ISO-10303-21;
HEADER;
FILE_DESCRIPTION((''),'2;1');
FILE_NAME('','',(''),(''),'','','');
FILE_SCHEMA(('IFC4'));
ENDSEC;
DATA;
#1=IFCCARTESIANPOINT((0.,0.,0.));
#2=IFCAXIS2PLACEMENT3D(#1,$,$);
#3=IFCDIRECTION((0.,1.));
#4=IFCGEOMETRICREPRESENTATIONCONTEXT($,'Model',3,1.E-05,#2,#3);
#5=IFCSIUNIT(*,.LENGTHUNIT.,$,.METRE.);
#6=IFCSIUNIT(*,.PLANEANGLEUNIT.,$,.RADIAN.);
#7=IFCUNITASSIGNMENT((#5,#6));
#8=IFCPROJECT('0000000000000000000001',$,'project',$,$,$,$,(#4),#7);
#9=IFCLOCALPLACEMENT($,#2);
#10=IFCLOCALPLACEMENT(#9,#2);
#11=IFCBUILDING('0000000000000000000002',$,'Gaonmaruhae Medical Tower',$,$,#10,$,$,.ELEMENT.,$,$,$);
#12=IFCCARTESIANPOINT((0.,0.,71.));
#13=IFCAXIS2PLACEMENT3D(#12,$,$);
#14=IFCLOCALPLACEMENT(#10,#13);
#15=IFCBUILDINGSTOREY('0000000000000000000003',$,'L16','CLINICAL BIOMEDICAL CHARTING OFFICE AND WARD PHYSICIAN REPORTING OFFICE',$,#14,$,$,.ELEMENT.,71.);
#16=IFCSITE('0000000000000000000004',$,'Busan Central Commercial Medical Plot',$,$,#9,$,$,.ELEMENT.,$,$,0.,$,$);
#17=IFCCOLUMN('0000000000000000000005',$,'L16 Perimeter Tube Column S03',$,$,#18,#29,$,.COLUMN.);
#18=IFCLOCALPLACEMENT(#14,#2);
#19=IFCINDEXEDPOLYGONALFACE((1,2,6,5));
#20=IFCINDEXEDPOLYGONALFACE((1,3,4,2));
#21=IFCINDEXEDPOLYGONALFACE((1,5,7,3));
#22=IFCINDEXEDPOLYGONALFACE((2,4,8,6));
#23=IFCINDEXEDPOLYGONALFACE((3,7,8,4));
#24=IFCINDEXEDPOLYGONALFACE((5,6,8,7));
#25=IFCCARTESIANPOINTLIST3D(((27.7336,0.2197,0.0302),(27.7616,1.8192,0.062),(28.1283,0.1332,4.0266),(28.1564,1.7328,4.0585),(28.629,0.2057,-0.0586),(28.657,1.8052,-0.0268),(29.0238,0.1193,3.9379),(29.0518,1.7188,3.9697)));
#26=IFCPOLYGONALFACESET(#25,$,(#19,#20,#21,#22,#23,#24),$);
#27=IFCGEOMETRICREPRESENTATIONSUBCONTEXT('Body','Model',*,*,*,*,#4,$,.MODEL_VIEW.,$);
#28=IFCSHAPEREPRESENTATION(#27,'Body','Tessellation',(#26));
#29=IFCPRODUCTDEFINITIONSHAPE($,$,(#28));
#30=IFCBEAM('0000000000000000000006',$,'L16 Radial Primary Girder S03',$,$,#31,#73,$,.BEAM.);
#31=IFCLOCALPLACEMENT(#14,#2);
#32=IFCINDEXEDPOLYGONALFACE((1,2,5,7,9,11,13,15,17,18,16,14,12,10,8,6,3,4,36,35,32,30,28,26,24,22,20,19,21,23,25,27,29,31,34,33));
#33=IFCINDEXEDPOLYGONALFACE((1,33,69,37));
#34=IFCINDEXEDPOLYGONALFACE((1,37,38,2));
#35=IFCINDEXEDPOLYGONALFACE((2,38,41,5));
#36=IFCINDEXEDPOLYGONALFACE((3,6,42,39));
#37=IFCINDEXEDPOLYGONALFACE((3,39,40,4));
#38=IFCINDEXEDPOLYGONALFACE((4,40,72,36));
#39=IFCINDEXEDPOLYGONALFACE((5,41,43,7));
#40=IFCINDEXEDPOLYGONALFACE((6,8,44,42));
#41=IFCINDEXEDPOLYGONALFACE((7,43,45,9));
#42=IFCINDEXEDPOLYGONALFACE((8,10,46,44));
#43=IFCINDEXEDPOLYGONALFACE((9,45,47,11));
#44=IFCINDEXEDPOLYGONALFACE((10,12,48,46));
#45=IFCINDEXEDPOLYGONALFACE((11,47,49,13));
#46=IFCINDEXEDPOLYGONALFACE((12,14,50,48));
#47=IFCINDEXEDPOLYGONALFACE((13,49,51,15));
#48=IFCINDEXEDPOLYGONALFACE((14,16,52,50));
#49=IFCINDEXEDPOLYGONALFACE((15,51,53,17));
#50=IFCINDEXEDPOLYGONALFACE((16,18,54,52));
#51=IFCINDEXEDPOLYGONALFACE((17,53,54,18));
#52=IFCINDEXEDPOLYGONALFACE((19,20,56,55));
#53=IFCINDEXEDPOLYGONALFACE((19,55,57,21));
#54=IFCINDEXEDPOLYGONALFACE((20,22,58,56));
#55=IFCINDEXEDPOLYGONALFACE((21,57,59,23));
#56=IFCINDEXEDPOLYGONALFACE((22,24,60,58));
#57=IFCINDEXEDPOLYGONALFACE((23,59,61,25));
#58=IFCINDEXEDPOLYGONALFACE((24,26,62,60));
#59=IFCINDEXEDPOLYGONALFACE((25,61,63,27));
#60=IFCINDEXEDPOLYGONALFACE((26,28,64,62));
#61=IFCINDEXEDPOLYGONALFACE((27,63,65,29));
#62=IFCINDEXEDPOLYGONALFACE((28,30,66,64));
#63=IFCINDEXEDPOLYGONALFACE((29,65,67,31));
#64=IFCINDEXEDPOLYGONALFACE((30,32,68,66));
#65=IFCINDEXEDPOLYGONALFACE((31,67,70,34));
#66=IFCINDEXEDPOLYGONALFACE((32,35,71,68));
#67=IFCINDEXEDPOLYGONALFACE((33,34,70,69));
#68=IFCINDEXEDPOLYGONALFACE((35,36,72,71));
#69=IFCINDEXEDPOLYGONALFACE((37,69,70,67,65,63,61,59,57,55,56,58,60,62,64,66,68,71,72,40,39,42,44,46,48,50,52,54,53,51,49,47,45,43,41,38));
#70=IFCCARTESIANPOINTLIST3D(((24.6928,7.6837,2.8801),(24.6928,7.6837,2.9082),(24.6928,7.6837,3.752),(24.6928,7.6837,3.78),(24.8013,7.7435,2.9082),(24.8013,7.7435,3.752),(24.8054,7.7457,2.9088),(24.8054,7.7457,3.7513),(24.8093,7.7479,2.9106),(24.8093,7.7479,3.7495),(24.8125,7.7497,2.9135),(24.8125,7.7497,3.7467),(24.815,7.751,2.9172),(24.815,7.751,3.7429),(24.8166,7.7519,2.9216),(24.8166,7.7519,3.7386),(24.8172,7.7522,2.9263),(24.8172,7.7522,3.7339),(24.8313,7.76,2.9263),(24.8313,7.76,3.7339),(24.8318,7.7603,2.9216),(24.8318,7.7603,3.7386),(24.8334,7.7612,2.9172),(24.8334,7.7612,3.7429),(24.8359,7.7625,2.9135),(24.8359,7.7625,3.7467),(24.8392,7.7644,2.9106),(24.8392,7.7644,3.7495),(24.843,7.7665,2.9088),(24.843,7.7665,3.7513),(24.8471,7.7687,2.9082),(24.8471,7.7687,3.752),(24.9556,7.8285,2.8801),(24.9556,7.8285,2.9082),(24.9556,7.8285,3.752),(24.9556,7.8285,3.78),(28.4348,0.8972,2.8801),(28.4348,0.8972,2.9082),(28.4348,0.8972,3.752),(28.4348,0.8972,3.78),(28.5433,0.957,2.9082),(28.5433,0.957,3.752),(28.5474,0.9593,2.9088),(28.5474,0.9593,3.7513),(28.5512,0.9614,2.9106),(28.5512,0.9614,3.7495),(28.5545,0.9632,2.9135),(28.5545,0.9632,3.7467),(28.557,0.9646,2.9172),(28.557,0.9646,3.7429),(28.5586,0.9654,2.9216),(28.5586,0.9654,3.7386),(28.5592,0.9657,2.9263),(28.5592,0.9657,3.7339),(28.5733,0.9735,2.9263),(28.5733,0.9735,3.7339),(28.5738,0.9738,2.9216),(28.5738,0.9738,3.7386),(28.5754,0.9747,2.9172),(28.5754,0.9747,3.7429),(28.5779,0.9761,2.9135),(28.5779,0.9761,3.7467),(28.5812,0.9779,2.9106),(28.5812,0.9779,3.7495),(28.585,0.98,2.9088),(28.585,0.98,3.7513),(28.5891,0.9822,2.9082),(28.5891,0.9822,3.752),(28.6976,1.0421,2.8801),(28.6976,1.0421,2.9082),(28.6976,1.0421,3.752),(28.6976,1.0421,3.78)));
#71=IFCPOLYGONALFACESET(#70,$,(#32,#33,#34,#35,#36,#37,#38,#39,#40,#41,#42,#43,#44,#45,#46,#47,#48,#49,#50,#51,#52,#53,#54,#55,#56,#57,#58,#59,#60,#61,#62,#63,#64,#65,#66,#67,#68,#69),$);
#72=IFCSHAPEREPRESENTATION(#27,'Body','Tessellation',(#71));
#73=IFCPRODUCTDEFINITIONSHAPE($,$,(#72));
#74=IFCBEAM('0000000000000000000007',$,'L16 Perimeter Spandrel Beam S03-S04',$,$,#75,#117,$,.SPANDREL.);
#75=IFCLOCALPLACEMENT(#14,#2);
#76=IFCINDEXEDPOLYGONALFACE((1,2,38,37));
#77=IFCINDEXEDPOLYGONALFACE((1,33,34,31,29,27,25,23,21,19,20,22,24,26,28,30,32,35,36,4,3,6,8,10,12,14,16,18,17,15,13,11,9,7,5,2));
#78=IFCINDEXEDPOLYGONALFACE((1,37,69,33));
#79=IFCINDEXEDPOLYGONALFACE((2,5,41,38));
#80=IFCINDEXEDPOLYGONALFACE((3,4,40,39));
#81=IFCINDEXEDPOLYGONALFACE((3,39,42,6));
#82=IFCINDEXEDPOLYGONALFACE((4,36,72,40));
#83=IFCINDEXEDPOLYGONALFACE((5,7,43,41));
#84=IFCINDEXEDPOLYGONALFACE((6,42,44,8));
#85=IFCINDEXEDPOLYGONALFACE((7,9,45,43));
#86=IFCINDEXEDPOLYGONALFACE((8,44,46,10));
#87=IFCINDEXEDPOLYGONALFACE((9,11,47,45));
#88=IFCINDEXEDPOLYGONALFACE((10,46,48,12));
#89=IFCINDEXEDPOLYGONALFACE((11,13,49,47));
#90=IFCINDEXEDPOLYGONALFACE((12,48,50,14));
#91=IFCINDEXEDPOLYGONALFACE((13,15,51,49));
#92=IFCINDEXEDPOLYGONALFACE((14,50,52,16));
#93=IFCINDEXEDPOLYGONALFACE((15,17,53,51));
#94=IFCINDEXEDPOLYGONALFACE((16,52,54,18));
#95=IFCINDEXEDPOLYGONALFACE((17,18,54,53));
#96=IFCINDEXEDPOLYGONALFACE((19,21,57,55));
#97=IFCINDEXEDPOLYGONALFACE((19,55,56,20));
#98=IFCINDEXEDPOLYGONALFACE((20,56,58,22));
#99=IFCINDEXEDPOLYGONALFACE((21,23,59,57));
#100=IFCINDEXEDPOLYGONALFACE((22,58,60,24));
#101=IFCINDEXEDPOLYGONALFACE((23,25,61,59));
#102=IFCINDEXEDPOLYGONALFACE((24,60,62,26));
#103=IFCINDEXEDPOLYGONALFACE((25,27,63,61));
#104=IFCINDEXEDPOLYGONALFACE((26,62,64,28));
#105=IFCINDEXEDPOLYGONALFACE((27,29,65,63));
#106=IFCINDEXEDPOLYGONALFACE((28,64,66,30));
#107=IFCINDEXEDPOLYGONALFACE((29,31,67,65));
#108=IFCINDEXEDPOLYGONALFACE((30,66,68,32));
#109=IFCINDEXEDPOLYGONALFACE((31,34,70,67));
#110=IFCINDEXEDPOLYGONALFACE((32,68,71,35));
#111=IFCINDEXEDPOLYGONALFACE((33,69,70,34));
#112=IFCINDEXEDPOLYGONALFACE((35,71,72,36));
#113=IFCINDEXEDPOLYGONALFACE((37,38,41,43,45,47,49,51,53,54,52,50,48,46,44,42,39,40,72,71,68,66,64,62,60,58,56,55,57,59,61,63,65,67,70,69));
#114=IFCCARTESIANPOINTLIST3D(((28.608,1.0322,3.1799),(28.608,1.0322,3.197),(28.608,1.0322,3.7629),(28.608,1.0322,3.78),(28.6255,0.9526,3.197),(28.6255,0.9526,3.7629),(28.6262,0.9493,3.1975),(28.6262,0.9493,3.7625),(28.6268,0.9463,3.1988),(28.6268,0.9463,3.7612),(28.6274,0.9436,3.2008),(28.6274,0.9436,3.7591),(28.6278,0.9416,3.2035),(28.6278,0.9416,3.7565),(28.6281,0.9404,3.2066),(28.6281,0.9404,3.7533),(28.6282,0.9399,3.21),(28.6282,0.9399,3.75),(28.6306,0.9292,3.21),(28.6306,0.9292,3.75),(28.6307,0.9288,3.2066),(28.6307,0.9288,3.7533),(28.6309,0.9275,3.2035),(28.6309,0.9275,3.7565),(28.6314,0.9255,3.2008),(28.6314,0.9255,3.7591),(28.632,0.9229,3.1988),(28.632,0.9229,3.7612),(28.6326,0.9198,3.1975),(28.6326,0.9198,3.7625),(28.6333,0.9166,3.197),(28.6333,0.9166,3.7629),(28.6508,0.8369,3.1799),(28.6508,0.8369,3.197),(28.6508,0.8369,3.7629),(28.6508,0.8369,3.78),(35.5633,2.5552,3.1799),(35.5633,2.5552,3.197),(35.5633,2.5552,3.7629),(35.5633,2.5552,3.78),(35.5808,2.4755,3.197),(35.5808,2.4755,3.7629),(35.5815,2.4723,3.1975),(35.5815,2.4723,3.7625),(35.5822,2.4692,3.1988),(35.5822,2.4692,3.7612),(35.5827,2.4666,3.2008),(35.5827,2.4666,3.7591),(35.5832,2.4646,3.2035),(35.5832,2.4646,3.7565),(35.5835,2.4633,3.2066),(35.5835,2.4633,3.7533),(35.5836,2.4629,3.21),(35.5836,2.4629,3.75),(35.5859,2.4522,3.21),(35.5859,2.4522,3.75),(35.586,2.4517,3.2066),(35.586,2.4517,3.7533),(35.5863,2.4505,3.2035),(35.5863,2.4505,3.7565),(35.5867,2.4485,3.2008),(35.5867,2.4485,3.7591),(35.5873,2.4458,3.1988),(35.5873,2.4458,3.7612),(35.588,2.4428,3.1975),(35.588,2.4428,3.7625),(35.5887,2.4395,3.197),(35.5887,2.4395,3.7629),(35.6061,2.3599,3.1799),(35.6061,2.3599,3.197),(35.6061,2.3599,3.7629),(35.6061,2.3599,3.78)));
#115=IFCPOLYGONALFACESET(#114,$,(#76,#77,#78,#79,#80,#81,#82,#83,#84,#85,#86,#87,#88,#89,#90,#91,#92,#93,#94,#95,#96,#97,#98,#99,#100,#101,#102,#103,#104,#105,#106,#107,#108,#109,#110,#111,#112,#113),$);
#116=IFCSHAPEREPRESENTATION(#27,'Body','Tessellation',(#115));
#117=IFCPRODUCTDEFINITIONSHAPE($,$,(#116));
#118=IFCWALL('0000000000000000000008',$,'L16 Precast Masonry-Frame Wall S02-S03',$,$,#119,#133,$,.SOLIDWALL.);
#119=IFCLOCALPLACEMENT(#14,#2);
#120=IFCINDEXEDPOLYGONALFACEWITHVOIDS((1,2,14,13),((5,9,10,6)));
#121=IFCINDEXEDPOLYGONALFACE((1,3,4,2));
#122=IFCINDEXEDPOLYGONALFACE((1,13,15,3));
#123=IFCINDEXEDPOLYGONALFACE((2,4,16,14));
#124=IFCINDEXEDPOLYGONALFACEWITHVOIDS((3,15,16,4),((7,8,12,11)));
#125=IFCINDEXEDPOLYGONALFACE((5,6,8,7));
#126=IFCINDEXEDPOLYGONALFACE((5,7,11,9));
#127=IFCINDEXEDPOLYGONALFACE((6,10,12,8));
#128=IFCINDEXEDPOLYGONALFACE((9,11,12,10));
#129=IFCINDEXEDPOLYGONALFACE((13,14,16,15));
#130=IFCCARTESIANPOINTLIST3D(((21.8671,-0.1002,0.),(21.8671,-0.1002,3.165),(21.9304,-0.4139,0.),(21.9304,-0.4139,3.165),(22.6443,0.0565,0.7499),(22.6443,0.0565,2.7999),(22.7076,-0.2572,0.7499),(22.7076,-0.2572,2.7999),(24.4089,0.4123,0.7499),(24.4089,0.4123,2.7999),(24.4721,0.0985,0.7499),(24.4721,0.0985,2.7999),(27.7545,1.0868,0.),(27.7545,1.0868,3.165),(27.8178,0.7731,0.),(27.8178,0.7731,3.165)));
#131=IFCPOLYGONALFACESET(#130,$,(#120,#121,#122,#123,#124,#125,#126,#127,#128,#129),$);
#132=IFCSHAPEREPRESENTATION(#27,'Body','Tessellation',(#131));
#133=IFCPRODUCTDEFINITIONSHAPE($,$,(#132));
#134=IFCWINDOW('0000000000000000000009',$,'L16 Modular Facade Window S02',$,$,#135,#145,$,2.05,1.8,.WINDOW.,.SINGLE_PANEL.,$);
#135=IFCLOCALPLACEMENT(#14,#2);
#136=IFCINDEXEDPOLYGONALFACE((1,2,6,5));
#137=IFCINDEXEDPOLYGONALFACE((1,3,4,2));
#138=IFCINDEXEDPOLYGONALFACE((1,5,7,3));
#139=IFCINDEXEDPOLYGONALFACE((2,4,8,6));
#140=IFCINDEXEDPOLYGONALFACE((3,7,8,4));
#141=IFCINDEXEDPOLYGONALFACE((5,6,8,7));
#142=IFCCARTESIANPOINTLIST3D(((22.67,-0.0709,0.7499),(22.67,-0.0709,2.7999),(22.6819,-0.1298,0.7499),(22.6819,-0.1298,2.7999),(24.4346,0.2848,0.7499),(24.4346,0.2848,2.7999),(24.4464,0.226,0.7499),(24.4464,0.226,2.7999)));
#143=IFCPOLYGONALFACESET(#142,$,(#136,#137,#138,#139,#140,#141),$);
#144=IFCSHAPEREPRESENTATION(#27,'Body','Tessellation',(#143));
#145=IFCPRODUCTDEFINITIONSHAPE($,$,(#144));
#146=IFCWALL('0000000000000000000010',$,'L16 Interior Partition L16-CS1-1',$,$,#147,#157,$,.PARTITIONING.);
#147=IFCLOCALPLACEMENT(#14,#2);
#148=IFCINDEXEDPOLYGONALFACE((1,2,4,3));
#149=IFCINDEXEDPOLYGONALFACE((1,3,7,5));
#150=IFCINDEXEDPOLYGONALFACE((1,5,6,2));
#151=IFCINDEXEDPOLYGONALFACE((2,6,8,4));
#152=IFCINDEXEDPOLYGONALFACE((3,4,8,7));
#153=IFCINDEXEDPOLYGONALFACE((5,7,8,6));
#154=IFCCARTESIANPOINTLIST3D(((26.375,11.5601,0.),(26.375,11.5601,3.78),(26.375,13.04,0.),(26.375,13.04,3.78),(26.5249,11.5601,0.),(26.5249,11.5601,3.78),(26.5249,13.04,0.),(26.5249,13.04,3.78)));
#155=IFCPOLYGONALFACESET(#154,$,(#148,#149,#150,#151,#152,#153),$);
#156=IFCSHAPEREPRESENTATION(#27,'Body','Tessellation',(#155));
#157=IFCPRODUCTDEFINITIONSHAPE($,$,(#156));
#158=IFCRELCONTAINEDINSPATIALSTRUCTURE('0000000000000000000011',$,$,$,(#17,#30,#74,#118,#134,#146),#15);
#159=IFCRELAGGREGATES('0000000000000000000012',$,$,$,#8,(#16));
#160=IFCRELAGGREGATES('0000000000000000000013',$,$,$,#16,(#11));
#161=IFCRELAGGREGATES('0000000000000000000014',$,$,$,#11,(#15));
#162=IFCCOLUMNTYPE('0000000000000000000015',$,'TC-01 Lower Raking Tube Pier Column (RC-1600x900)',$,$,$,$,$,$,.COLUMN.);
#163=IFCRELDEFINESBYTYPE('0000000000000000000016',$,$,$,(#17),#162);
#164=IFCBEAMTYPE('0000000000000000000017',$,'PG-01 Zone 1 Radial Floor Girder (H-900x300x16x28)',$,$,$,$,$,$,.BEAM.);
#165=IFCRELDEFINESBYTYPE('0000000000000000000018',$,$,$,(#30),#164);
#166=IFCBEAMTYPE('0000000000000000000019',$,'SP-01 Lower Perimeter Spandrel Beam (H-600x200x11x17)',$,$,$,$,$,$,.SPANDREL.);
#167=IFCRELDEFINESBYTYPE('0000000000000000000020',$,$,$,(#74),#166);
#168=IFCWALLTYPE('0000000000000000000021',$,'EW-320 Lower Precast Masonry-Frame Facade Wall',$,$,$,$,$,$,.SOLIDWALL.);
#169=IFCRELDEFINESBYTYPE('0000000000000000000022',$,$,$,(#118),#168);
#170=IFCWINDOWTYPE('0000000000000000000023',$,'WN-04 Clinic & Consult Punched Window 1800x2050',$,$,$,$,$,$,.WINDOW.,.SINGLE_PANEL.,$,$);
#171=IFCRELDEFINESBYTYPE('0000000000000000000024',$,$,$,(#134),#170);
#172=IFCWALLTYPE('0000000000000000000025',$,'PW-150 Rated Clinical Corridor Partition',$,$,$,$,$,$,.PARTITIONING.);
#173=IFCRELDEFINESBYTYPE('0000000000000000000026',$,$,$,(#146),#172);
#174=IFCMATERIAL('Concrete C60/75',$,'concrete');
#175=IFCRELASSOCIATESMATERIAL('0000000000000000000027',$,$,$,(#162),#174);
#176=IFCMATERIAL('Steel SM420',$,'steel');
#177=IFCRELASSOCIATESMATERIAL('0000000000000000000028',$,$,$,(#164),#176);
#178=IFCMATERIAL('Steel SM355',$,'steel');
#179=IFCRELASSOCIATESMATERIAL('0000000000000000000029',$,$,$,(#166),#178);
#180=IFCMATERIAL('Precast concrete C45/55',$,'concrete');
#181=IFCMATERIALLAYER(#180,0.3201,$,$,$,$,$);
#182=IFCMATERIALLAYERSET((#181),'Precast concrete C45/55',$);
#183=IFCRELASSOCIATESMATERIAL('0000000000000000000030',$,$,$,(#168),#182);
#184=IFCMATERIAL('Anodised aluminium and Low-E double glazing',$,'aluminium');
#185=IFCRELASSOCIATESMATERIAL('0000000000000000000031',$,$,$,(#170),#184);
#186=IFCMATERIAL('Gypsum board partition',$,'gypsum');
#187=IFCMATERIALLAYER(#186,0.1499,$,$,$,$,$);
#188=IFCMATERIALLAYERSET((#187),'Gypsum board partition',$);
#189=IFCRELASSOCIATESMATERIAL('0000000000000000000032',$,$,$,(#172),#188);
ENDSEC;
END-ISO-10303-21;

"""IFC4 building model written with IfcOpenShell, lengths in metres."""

from ifc_helpers import new_model, si_unit, direction, frame, frame_2d, origin, origin_2d, place, context, subcontext, project, spatial, rectangle, i_section, extrude, material, layer, layer_set, material_profile, profile_set, type_object, element, fill, save


model = new_model("IFC4")

# Units and contexts
model_context = context("Model", 3, precision=1e-05, world=origin(), true_north=direction((0.0, 1.0)))
body_context = subcontext(model_context, "Body", "Model", "MODEL_VIEW")
ifc_project = project(units=[si_unit("LENGTHUNIT", "METRE"), si_unit("PLANEANGLEUNIT", "RADIAN")], contexts=[model_context])

# Site, building, storey
site_placement = place(None, origin())
site = spatial("IfcSite", under=ifc_project, at=site_placement, Name="Busan Central Commercial Medical Plot", CompositionType="ELEMENT", RefElevation=0.0)
building_placement = place(site_placement, origin())
building = spatial("IfcBuilding", under=site, at=building_placement, Name="Gaonmaruhae Medical Tower", CompositionType="ELEMENT")
storey_placement = place(building_placement, frame((0.0, 0.0, 71.0)))
storey = spatial("IfcBuildingStorey", under=building, at=storey_placement, Name="L16", Description="CLINICAL BIOMEDICAL CHARTING OFFICE AND WARD PHYSICIAN REPORTING OFFICE", CompositionType="ELEMENT", Elevation=71.0)

# Column
ifc_material_1 = material(Name="Concrete C60/75", Category="concrete")
ifc_material_profile_1 = material_profile(ifc_material_1, rectangle(XDim=1.6001, YDim=0.8999, at=origin_2d()), Name="RC-1600x900")
ifc_profile_set_1 = profile_set([ifc_material_profile_1], Name="Concrete C60/75")
column_type = type_object("IfcColumnType", Name="TC-01 Lower Raking Tube Pier Column (RC-1600x900)", PredefinedType="COLUMN", material=ifc_profile_set_1)
column_placement = place(storey_placement, frame((28.1953, 1.0125, 0.0017), z_axis=(0.098277, -0.021515, 0.994926), x_axis=(0.017535, 0.999648, 0.019885)))
element("IfcColumn", 1, at=column_placement, inside=storey, type_object=column_type, Name="L16 Perimeter Tube Column S03", PredefinedType="COLUMN", context=body_context, shape_type="SweptSolid", body=[
    extrude(rectangle(XDim=1.6001, YDim=0.8999, at=origin_2d()), origin(), (0.0, 0.0, 1.0), 4.0168),
])

# Beams
ifc_material_2 = material(Name="Steel SM420", Category="steel")
ifc_material_profile_2 = material_profile(ifc_material_2, i_section(OverallWidth=0.3, OverallDepth=0.8999, WebThickness=0.0161, FlangeThickness=0.0281, FilletRadius=0.0181, at=origin_2d()), Name="H-900x300x16x28")
ifc_profile_set_2 = profile_set([ifc_material_profile_2], Name="Steel SM420")
beam_type_1 = type_object("IfcBeamType", Name="PG-01 Zone 1 Radial Floor Girder (H-900x300x16x28)", PredefinedType="BEAM", material=ifc_profile_set_2)
beam_1_placement = place(storey_placement, frame((24.8242, 7.7561, 3.3301), z_axis=(0.482853, -0.875701, 0.0), x_axis=(0.875701, 0.482853, 0.0)))
element("IfcBeam", 2, at=beam_1_placement, inside=storey, type_object=beam_type_1, Name="L16 Radial Primary Girder S03", PredefinedType="BEAM", context=body_context, shape_type="SweptSolid", body=[
    extrude(i_section(OverallWidth=0.3, OverallDepth=0.8999, WebThickness=0.0161, FlangeThickness=0.0281, FilletRadius=0.0181, at=origin_2d()), origin(), (0.0, 0.0, 1.0), 7.7498),
])
ifc_material_3 = material(Name="Steel SM355", Category="steel")
ifc_material_profile_3 = material_profile(ifc_material_3, i_section(OverallWidth=0.2, OverallDepth=0.6001, WebThickness=0.011, FlangeThickness=0.0171, FilletRadius=0.0129, at=origin_2d()), Name="H-600x200x11x17")
ifc_profile_set_3 = profile_set([ifc_material_profile_3], Name="Steel SM355")
beam_type_2 = type_object("IfcBeamType", Name="SP-01 Lower Perimeter Spandrel Beam (H-600x200x11x17)", PredefinedType="SPANDREL", material=ifc_profile_set_3)
beam_2_placement = place(storey_placement, frame((28.6294, 0.9346, 3.48), z_axis=(0.976857, 0.213894, 0.0), x_axis=(-0.213894, 0.976857, 0.0)))
element("IfcBeam", 3, at=beam_2_placement, inside=storey, type_object=beam_type_2, Name="L16 Perimeter Spandrel Beam S03-S04", PredefinedType="SPANDREL", context=body_context, shape_type="SweptSolid", body=[
    extrude(i_section(OverallWidth=0.2, OverallDepth=0.6001, WebThickness=0.011, FlangeThickness=0.0171, FilletRadius=0.0129, at=origin_2d()), origin(), (0.0, 0.0, 1.0), 7.1201),
])

# Wall, opening, window
ifc_material_4 = material(Name="Precast concrete C45/55", Category="concrete")
ifc_layer_1 = layer(ifc_material_4, 0.3201)
ifc_layer_set_1 = layer_set([ifc_layer_1], Name="Precast concrete C45/55")
wall_type_1 = type_object("IfcWallType", Name="EW-320 Lower Precast Masonry-Frame Facade Wall", PredefinedType="SOLIDWALL", material=ifc_layer_set_1)
wall_1_placement = place(storey_placement, frame((27.7861, 0.9299, 0.0), z_axis=(0.0, 0.0, 1.0), x_axis=(-0.980275, -0.19764, 0.0)))
wall_1 = element("IfcWall", 4, at=wall_1_placement, inside=storey, type_object=wall_type_1, Name="L16 Precast Masonry-Frame Wall S02-S03", PredefinedType="SOLIDWALL", context=body_context, shape_type="SweptSolid", body=[
    extrude(rectangle(XDim=6.0059, YDim=0.3201, at=frame_2d((3.0029, 0.0))), origin(), (0.0, 0.0, 1.0), 3.165),
])
opening_1_placement = place(wall_1_placement, frame((3.4131, 0.0, 0.75)))
opening_1 = element("IfcOpeningElement", 5, at=opening_1_placement, cuts=wall_1, PredefinedType="OPENING", context=body_context, shape_type="SweptSolid", body=[
    extrude(rectangle(XDim=1.8, YDim=2.05, at=frame_2d((0.8999, 1.0249))), frame((0.0, 0.1699, 0.0), z_axis=(0.0, -1.0, 0.0), x_axis=(1.0, 0.0, 0.0)), (0.0, 0.0, 1.0), 0.3401),
])
ifc_material_5 = material(Name="Anodised aluminium and Low-E double glazing", Category="aluminium")
window_type = type_object("IfcWindowType", Name="WN-04 Clinic & Consult Punched Window 1800x2050", PartitioningType="SINGLE_PANEL", PredefinedType="WINDOW", material=ifc_material_5)
window_placement = place(opening_1_placement, origin())
window = element("IfcWindow", 6, at=window_placement, inside=storey, type_object=window_type, Name="L16 Modular Facade Window S02", OverallHeight=2.05, OverallWidth=1.8, PartitioningType="SINGLE_PANEL", PredefinedType="WINDOW", context=body_context, shape_type="SweptSolid", body=[
    extrude(rectangle(XDim=1.8, YDim=2.05, at=frame_2d((0.8999, 1.0249))), frame((0.0, 0.03, 0.0), z_axis=(0.0, -1.0, 0.0), x_axis=(1.0, 0.0, 0.0)), (0.0, 0.0, 1.0), 0.0601),
])
fill(opening_1, window)

# Wall
ifc_material_6 = material(Name="Gypsum board partition", Category="gypsum")
ifc_layer_2 = layer(ifc_material_6, 0.1499)
ifc_layer_set_2 = layer_set([ifc_layer_2], Name="Gypsum board partition")
wall_type_2 = type_object("IfcWallType", Name="PW-150 Rated Clinical Corridor Partition", PredefinedType="PARTITIONING", material=ifc_layer_set_2)
wall_2_placement = place(storey_placement, frame((26.45, 11.5601, 0.0), z_axis=(0.0, 0.0, 1.0), x_axis=(0.0, 1.0, 0.0)))
element("IfcWall", 7, at=wall_2_placement, inside=storey, type_object=wall_type_2, Name="L16 Interior Partition L16-CS1-1", PredefinedType="PARTITIONING", context=body_context, shape_type="SweptSolid", body=[
    extrude(rectangle(XDim=1.48, YDim=0.1499, at=frame_2d((0.74, 0.0))), origin(), (0.0, 0.0, 1.0), 3.78),
])

save(model, "model.ifc")
